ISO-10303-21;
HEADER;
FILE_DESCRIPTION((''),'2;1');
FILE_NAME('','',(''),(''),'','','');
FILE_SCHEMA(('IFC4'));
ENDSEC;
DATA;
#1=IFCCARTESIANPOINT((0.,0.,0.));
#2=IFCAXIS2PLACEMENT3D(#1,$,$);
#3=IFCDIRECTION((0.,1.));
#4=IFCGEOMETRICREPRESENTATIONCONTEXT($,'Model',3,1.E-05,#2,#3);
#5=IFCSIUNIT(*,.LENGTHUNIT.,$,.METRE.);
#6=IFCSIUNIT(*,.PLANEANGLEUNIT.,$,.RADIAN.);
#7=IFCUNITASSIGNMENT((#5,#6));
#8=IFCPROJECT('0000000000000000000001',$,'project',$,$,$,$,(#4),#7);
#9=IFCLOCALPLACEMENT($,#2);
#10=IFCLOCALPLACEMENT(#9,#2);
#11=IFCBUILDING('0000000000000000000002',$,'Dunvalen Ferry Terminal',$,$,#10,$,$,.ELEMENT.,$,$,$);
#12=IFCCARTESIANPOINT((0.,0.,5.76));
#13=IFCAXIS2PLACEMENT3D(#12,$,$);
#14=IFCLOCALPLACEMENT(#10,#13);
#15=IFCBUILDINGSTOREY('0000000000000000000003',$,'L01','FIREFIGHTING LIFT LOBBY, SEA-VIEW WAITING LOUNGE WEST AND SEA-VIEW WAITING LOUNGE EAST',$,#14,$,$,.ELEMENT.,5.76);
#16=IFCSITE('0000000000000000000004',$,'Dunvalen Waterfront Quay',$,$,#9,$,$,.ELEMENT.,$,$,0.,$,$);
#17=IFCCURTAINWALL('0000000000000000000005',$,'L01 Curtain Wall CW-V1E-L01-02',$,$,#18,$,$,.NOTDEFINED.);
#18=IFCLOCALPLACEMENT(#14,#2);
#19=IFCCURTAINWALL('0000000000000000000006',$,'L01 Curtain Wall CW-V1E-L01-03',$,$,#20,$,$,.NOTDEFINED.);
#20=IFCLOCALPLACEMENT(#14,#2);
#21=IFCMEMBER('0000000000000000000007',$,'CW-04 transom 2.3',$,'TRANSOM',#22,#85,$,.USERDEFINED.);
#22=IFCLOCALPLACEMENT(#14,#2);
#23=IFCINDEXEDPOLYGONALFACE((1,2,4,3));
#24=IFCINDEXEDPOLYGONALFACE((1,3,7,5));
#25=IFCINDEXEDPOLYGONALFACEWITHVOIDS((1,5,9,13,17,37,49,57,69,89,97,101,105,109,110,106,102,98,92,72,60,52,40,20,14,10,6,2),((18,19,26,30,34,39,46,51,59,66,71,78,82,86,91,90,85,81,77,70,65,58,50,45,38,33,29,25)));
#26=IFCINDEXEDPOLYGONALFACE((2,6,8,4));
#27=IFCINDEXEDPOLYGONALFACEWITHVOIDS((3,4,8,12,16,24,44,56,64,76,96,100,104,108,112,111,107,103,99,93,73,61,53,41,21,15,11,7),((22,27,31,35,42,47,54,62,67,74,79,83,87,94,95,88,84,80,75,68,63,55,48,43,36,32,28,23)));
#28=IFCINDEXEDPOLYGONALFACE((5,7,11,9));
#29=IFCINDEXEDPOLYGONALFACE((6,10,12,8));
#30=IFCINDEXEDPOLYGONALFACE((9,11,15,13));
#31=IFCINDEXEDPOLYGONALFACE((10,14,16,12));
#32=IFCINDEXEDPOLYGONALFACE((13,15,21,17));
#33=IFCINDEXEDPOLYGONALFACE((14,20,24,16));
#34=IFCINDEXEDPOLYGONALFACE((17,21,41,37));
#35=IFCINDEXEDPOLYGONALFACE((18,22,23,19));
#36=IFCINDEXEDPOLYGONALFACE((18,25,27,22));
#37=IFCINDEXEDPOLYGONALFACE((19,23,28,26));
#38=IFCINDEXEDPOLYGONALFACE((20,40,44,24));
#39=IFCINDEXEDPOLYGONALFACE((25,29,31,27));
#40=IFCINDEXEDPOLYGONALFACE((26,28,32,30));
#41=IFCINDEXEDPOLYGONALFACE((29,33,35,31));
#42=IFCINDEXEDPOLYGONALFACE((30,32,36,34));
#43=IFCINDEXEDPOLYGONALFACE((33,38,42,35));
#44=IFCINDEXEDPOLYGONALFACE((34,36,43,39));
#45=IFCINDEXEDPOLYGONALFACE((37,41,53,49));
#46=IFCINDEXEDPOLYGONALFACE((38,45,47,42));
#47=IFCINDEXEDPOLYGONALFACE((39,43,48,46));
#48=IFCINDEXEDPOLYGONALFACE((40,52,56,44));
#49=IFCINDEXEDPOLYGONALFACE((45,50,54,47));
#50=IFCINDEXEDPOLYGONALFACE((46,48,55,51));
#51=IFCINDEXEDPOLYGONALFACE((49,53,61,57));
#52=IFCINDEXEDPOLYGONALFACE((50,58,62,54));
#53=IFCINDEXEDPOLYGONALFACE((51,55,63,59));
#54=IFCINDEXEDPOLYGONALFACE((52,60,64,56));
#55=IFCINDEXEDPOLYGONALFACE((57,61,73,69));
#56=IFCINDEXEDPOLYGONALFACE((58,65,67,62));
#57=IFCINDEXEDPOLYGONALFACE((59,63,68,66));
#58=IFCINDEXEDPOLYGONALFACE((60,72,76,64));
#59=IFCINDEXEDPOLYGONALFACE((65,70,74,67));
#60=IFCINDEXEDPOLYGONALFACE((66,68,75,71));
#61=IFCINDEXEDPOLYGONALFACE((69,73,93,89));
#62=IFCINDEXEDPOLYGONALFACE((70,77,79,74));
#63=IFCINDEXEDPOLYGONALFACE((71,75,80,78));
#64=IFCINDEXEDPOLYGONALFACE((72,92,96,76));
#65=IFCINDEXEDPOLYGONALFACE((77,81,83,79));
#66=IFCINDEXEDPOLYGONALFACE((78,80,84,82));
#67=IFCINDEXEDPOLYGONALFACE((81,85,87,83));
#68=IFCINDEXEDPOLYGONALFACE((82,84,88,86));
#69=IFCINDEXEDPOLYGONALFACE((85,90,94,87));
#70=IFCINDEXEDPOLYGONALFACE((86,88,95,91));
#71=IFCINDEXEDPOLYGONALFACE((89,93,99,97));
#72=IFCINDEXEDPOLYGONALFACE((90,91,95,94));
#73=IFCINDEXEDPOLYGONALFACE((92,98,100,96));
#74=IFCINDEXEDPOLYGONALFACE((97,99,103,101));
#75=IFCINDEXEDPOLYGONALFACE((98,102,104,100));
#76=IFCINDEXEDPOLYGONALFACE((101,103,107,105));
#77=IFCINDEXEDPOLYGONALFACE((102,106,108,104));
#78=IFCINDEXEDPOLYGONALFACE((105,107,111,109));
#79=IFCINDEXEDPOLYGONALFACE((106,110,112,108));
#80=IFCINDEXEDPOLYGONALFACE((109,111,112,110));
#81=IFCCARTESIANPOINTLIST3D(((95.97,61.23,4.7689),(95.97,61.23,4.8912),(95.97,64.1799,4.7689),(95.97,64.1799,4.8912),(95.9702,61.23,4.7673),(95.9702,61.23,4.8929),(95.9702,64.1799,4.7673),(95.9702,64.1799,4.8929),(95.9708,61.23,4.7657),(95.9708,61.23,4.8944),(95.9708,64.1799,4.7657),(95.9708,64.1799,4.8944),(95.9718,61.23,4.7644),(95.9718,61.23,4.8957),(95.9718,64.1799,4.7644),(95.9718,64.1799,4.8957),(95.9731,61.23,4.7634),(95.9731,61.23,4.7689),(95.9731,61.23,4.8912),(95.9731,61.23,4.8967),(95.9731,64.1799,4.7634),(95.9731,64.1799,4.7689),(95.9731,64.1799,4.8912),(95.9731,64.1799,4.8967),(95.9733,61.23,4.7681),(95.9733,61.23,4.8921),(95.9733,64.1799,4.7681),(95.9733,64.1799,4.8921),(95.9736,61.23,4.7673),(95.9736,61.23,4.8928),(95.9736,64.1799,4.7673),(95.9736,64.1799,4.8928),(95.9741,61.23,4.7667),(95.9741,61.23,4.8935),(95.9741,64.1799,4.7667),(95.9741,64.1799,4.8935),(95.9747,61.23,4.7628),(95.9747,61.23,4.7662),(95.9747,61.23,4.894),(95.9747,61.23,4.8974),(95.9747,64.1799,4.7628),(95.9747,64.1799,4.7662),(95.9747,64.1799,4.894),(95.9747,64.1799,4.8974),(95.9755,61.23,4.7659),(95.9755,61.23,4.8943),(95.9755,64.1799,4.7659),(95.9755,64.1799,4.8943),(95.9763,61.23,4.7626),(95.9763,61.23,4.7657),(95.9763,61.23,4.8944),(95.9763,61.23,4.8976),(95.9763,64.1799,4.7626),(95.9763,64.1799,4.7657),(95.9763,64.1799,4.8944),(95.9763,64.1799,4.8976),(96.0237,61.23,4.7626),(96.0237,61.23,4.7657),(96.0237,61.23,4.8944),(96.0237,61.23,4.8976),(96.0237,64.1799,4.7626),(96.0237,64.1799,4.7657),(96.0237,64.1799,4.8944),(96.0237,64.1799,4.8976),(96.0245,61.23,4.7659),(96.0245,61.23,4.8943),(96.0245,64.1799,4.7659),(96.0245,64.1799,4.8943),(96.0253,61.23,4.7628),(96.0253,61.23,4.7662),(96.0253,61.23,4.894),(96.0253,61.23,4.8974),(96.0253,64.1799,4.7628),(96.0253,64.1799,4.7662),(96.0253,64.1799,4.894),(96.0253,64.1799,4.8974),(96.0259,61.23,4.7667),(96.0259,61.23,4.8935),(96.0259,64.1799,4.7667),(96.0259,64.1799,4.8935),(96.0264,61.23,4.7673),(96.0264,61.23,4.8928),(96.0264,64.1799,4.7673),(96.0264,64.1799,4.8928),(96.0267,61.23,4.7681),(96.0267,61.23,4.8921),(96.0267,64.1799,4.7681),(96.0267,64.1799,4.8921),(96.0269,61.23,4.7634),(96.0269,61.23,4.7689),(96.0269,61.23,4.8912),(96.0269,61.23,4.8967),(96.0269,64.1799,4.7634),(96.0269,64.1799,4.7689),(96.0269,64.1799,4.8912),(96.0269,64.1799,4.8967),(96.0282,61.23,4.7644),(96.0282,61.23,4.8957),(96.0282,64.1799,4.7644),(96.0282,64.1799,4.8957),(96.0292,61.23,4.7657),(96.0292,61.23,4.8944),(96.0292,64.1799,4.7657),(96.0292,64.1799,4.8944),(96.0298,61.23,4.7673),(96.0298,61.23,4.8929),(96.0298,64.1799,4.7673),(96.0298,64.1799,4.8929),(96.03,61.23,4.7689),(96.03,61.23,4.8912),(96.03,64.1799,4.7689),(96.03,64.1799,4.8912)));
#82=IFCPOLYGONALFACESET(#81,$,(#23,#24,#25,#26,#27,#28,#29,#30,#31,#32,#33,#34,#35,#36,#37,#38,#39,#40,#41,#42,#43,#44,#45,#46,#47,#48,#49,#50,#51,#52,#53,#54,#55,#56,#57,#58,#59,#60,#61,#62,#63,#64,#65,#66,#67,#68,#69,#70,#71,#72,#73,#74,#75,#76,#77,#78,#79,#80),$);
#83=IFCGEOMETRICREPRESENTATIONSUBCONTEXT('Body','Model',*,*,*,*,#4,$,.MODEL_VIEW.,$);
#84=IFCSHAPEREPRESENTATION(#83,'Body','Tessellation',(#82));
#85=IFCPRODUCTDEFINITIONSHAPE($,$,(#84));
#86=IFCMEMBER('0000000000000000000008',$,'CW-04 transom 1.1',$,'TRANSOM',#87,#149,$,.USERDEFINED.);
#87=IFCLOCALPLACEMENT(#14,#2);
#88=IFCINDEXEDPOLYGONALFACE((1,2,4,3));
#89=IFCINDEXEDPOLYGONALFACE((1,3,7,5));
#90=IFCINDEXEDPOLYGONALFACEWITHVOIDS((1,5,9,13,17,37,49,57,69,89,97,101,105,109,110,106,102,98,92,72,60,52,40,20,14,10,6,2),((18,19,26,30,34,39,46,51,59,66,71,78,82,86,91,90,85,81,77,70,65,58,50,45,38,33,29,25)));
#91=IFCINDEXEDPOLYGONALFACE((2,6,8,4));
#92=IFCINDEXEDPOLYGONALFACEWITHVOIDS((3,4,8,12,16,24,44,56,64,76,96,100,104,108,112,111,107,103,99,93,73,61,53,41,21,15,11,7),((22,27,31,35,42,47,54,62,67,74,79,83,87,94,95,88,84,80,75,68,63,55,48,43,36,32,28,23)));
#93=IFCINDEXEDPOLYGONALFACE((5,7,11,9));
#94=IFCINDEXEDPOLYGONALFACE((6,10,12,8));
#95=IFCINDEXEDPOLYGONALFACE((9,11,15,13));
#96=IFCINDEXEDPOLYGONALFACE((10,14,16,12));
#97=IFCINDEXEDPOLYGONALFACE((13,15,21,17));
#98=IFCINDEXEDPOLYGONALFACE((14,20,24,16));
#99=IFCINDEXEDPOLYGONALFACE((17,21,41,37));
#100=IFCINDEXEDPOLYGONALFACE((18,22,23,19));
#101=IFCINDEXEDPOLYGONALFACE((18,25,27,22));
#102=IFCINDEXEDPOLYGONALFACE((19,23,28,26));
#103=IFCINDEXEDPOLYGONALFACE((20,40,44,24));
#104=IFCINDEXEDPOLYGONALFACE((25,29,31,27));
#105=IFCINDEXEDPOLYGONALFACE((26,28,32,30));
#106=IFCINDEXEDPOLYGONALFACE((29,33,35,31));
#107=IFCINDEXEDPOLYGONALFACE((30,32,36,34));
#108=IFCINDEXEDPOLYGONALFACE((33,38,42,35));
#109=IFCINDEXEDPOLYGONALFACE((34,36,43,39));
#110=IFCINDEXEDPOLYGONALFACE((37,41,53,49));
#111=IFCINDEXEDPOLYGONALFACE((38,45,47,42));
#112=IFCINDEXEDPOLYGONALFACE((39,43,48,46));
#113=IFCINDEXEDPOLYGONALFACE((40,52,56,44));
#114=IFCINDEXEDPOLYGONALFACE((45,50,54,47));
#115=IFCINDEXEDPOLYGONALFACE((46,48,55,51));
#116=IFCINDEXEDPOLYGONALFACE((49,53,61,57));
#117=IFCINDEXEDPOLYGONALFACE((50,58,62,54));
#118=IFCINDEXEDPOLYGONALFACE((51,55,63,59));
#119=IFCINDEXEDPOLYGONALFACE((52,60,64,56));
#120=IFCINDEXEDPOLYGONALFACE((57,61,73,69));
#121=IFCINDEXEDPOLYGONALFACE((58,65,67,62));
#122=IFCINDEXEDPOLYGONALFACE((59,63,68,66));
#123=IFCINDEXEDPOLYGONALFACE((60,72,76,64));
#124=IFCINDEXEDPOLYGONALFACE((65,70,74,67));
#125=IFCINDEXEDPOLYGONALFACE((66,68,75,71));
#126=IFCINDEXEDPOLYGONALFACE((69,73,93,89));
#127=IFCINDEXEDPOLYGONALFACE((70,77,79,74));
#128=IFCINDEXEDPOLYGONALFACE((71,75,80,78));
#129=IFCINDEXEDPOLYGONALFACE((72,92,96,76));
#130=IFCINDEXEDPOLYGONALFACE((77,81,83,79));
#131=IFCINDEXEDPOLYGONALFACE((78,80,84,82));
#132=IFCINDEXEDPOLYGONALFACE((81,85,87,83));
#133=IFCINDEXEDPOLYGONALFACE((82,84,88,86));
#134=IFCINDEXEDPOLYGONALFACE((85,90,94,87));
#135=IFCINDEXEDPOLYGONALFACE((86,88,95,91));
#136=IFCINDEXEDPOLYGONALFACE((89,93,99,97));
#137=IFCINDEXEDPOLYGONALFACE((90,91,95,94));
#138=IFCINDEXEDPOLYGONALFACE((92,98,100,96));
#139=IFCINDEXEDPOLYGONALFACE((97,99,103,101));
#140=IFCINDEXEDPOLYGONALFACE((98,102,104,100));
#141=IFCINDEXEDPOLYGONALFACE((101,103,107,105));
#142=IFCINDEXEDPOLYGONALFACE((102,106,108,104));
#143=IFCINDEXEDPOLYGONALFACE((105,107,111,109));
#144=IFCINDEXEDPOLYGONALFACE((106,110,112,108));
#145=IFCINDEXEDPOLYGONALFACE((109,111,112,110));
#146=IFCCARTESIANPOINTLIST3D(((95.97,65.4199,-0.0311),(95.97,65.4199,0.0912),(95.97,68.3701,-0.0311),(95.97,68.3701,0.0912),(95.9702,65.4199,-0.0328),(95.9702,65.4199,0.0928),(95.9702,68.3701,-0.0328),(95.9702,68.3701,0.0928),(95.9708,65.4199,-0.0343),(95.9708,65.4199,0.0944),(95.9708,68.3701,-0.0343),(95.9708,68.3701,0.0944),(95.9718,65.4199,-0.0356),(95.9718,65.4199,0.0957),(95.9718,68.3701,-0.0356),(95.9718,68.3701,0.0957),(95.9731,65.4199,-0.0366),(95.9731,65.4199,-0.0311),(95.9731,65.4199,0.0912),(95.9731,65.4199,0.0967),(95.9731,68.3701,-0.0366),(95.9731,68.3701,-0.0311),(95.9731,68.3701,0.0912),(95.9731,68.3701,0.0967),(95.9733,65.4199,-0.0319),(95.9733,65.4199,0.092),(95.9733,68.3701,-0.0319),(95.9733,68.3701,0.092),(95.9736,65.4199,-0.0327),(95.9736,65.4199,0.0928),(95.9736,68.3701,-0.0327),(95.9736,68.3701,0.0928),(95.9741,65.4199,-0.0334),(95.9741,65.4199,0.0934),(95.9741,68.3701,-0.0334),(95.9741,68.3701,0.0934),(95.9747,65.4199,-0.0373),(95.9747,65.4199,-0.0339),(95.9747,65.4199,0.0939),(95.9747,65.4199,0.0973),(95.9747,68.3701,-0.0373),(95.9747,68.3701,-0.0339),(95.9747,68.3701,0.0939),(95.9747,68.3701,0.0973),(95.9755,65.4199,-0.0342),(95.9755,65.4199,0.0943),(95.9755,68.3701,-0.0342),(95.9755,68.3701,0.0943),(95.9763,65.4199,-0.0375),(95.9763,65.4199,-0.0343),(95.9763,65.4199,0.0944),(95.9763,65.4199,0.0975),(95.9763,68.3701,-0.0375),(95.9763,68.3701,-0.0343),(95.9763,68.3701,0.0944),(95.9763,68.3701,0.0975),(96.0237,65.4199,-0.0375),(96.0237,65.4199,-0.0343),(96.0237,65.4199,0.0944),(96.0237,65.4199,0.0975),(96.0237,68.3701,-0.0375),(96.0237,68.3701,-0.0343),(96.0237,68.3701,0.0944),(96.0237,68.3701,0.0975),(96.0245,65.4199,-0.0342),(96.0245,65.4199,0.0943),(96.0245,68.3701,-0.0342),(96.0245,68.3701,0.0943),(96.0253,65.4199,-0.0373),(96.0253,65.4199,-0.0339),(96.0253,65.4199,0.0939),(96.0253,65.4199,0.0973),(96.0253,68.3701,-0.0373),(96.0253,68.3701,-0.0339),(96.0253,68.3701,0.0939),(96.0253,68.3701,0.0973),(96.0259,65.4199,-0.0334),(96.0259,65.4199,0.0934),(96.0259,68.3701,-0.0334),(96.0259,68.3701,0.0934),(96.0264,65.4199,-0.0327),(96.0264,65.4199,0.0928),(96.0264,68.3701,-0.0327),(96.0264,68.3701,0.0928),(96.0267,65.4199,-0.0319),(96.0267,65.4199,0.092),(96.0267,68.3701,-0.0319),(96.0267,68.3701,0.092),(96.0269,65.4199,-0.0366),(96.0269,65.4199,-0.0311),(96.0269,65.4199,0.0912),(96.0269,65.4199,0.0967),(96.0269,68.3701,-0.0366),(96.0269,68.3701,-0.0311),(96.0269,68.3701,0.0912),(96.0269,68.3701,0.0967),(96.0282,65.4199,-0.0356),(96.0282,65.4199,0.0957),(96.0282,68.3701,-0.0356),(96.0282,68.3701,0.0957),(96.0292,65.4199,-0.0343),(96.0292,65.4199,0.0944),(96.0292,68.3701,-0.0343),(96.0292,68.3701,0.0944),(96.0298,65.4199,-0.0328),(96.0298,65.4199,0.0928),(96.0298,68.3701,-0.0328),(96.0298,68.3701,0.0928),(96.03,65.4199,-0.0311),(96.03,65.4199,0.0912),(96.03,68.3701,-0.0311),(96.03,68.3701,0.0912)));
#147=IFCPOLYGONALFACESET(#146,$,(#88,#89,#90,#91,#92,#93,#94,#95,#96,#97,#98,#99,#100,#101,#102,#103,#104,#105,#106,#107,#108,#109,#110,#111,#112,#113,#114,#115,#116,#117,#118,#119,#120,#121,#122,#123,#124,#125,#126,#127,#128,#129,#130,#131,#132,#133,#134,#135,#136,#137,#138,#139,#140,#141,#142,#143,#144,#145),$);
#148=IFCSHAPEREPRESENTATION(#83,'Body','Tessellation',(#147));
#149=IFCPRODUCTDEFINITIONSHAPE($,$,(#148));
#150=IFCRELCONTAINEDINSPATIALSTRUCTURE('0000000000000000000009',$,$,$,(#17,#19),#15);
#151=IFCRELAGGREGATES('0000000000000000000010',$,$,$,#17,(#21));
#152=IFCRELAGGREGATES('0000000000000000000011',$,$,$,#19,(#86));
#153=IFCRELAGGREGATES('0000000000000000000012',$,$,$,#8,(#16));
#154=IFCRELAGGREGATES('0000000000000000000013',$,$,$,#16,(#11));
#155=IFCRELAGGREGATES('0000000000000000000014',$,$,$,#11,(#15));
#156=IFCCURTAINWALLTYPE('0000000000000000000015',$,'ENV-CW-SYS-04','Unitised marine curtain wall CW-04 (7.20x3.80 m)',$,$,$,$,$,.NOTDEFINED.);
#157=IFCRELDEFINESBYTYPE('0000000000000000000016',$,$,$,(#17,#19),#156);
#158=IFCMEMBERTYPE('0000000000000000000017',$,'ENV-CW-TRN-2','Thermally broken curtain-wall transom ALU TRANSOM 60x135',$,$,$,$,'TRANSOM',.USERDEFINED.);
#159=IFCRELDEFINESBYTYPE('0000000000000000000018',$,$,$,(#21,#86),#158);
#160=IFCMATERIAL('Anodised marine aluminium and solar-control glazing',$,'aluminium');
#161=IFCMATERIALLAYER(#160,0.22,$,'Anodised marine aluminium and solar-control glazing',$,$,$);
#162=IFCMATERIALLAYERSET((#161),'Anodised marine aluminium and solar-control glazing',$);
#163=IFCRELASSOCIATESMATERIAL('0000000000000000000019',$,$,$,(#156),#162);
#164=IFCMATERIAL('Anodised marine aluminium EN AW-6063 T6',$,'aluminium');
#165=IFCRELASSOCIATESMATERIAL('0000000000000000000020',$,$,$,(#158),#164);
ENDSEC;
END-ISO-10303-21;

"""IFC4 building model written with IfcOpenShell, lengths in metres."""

from ifc_helpers import new_model, si_unit, direction, frame, origin, origin_2d, place, context, subcontext, project, spatial, hollow_rectangle, extrude, material, layer, layer_set, material_profile, profile_set, type_object, element, aggregate, save


model = new_model("IFC4")

# Units and contexts
model_context = context("Model", 3, precision=1e-05, world=origin(), true_north=direction((0.0, 1.0)))
body_context = subcontext(model_context, "Body", "Model", "MODEL_VIEW")
ifc_project = project(units=[si_unit("LENGTHUNIT", "METRE"), si_unit("PLANEANGLEUNIT", "RADIAN")], contexts=[model_context])

# Site, building, storey
site_placement = place(None, origin())
site = spatial("IfcSite", under=ifc_project, at=site_placement, Name="Dunvalen Waterfront Quay", CompositionType="ELEMENT", RefElevation=0.0)
building_placement = place(site_placement, origin())
building = spatial("IfcBuilding", under=site, at=building_placement, Name="Dunvalen Ferry Terminal", CompositionType="ELEMENT")
storey_placement = place(building_placement, frame((0.0, 0.0, 5.76)))
storey = spatial("IfcBuildingStorey", under=building, at=storey_placement, Name="L01", Description="FIREFIGHTING LIFT LOBBY, SEA-VIEW WAITING LOUNGE WEST AND SEA-VIEW WAITING LOUNGE EAST", CompositionType="ELEMENT", Elevation=5.76)

# Shared definitions
ifc_material_1 = material(Name="Anodised marine aluminium and solar-control glazing", Category="aluminium")
ifc_layer_1 = layer(ifc_material_1, 0.22, Name="Anodised marine aluminium and solar-control glazing")
ifc_layer_set_1 = layer_set([ifc_layer_1], Name="Anodised marine aluminium and solar-control glazing")
curtain_wall_type = type_object("IfcCurtainWallType", Name="ENV-CW-SYS-04", Description="Unitised marine curtain wall CW-04 (7.20x3.80 m)", PredefinedType="NOTDEFINED", material=ifc_layer_set_1)
ifc_material_2 = material(Name="Anodised marine aluminium EN AW-6063 T6", Category="aluminium")

# Curtain wall
curtain_wall_1_placement = place(storey_placement, origin())
curtain_wall_1 = element("IfcCurtainWall", 1, at=curtain_wall_1_placement, inside=storey, type_object=curtain_wall_type, Name="L01 Curtain Wall CW-V1E-L01-02", PredefinedType="NOTDEFINED")

# Curtain wall
curtain_wall_2_placement = place(storey_placement, origin())
curtain_wall_2 = element("IfcCurtainWall", 2, at=curtain_wall_2_placement, inside=storey, type_object=curtain_wall_type, Name="L01 Curtain Wall CW-V1E-L01-03", PredefinedType="NOTDEFINED")

# Members
ifc_material_profile_1 = material_profile(ifc_material_2, hollow_rectangle(XDim=0.0601, YDim=0.135, WallThickness=0.0032, InnerFilletRadius=0.0032, OuterFilletRadius=0.0063, at=origin_2d()), Name="Anodised marine aluminium EN AW-6063 T6")
ifc_profile_set_1 = profile_set([ifc_material_profile_1], Name="Anodised marine aluminium EN AW-6063 T6")
member_type_1 = type_object("IfcMemberType", Name="ENV-CW-TRN-2", Description="Thermally broken curtain-wall transom ALU TRANSOM 60x135", ElementType="TRANSOM", PredefinedType="USERDEFINED", material=ifc_profile_set_1)
member_1_placement = place(storey_placement, frame((96.0, 61.23, 4.8301), z_axis=(0.0, 1.0, 0.0), x_axis=(-1.0, 0.0, 0.0)))
member_1 = element("IfcMember", 3, at=member_1_placement, type_object=member_type_1, Name="CW-04 transom 2.3", ObjectType="TRANSOM", PredefinedType="USERDEFINED", context=body_context, shape_type="SweptSolid", body=[
    extrude(hollow_rectangle(XDim=0.0601, YDim=0.135, WallThickness=0.0032, InnerFilletRadius=0.0032, OuterFilletRadius=0.0063, at=origin_2d()), origin(), (0.0, 0.0, 1.0), 2.95),
])
member_2_placement = place(storey_placement, frame((96.0, 65.4199, 0.03), z_axis=(0.0, 1.0, 0.0), x_axis=(-1.0, 0.0, 0.0)))
member_2 = element("IfcMember", 4, at=member_2_placement, type_object=member_type_1, Name="CW-04 transom 1.1", ObjectType="TRANSOM", PredefinedType="USERDEFINED", context=body_context, shape_type="SweptSolid", body=[
    extrude(hollow_rectangle(XDim=0.0601, YDim=0.135, WallThickness=0.0032, InnerFilletRadius=0.0032, OuterFilletRadius=0.0063, at=origin_2d()), origin(), (0.0, 0.0, 1.0), 2.9502),
])

aggregate(curtain_wall_1, [member_1])
aggregate(curtain_wall_2, [member_2])

save(model, "model.ifc")
